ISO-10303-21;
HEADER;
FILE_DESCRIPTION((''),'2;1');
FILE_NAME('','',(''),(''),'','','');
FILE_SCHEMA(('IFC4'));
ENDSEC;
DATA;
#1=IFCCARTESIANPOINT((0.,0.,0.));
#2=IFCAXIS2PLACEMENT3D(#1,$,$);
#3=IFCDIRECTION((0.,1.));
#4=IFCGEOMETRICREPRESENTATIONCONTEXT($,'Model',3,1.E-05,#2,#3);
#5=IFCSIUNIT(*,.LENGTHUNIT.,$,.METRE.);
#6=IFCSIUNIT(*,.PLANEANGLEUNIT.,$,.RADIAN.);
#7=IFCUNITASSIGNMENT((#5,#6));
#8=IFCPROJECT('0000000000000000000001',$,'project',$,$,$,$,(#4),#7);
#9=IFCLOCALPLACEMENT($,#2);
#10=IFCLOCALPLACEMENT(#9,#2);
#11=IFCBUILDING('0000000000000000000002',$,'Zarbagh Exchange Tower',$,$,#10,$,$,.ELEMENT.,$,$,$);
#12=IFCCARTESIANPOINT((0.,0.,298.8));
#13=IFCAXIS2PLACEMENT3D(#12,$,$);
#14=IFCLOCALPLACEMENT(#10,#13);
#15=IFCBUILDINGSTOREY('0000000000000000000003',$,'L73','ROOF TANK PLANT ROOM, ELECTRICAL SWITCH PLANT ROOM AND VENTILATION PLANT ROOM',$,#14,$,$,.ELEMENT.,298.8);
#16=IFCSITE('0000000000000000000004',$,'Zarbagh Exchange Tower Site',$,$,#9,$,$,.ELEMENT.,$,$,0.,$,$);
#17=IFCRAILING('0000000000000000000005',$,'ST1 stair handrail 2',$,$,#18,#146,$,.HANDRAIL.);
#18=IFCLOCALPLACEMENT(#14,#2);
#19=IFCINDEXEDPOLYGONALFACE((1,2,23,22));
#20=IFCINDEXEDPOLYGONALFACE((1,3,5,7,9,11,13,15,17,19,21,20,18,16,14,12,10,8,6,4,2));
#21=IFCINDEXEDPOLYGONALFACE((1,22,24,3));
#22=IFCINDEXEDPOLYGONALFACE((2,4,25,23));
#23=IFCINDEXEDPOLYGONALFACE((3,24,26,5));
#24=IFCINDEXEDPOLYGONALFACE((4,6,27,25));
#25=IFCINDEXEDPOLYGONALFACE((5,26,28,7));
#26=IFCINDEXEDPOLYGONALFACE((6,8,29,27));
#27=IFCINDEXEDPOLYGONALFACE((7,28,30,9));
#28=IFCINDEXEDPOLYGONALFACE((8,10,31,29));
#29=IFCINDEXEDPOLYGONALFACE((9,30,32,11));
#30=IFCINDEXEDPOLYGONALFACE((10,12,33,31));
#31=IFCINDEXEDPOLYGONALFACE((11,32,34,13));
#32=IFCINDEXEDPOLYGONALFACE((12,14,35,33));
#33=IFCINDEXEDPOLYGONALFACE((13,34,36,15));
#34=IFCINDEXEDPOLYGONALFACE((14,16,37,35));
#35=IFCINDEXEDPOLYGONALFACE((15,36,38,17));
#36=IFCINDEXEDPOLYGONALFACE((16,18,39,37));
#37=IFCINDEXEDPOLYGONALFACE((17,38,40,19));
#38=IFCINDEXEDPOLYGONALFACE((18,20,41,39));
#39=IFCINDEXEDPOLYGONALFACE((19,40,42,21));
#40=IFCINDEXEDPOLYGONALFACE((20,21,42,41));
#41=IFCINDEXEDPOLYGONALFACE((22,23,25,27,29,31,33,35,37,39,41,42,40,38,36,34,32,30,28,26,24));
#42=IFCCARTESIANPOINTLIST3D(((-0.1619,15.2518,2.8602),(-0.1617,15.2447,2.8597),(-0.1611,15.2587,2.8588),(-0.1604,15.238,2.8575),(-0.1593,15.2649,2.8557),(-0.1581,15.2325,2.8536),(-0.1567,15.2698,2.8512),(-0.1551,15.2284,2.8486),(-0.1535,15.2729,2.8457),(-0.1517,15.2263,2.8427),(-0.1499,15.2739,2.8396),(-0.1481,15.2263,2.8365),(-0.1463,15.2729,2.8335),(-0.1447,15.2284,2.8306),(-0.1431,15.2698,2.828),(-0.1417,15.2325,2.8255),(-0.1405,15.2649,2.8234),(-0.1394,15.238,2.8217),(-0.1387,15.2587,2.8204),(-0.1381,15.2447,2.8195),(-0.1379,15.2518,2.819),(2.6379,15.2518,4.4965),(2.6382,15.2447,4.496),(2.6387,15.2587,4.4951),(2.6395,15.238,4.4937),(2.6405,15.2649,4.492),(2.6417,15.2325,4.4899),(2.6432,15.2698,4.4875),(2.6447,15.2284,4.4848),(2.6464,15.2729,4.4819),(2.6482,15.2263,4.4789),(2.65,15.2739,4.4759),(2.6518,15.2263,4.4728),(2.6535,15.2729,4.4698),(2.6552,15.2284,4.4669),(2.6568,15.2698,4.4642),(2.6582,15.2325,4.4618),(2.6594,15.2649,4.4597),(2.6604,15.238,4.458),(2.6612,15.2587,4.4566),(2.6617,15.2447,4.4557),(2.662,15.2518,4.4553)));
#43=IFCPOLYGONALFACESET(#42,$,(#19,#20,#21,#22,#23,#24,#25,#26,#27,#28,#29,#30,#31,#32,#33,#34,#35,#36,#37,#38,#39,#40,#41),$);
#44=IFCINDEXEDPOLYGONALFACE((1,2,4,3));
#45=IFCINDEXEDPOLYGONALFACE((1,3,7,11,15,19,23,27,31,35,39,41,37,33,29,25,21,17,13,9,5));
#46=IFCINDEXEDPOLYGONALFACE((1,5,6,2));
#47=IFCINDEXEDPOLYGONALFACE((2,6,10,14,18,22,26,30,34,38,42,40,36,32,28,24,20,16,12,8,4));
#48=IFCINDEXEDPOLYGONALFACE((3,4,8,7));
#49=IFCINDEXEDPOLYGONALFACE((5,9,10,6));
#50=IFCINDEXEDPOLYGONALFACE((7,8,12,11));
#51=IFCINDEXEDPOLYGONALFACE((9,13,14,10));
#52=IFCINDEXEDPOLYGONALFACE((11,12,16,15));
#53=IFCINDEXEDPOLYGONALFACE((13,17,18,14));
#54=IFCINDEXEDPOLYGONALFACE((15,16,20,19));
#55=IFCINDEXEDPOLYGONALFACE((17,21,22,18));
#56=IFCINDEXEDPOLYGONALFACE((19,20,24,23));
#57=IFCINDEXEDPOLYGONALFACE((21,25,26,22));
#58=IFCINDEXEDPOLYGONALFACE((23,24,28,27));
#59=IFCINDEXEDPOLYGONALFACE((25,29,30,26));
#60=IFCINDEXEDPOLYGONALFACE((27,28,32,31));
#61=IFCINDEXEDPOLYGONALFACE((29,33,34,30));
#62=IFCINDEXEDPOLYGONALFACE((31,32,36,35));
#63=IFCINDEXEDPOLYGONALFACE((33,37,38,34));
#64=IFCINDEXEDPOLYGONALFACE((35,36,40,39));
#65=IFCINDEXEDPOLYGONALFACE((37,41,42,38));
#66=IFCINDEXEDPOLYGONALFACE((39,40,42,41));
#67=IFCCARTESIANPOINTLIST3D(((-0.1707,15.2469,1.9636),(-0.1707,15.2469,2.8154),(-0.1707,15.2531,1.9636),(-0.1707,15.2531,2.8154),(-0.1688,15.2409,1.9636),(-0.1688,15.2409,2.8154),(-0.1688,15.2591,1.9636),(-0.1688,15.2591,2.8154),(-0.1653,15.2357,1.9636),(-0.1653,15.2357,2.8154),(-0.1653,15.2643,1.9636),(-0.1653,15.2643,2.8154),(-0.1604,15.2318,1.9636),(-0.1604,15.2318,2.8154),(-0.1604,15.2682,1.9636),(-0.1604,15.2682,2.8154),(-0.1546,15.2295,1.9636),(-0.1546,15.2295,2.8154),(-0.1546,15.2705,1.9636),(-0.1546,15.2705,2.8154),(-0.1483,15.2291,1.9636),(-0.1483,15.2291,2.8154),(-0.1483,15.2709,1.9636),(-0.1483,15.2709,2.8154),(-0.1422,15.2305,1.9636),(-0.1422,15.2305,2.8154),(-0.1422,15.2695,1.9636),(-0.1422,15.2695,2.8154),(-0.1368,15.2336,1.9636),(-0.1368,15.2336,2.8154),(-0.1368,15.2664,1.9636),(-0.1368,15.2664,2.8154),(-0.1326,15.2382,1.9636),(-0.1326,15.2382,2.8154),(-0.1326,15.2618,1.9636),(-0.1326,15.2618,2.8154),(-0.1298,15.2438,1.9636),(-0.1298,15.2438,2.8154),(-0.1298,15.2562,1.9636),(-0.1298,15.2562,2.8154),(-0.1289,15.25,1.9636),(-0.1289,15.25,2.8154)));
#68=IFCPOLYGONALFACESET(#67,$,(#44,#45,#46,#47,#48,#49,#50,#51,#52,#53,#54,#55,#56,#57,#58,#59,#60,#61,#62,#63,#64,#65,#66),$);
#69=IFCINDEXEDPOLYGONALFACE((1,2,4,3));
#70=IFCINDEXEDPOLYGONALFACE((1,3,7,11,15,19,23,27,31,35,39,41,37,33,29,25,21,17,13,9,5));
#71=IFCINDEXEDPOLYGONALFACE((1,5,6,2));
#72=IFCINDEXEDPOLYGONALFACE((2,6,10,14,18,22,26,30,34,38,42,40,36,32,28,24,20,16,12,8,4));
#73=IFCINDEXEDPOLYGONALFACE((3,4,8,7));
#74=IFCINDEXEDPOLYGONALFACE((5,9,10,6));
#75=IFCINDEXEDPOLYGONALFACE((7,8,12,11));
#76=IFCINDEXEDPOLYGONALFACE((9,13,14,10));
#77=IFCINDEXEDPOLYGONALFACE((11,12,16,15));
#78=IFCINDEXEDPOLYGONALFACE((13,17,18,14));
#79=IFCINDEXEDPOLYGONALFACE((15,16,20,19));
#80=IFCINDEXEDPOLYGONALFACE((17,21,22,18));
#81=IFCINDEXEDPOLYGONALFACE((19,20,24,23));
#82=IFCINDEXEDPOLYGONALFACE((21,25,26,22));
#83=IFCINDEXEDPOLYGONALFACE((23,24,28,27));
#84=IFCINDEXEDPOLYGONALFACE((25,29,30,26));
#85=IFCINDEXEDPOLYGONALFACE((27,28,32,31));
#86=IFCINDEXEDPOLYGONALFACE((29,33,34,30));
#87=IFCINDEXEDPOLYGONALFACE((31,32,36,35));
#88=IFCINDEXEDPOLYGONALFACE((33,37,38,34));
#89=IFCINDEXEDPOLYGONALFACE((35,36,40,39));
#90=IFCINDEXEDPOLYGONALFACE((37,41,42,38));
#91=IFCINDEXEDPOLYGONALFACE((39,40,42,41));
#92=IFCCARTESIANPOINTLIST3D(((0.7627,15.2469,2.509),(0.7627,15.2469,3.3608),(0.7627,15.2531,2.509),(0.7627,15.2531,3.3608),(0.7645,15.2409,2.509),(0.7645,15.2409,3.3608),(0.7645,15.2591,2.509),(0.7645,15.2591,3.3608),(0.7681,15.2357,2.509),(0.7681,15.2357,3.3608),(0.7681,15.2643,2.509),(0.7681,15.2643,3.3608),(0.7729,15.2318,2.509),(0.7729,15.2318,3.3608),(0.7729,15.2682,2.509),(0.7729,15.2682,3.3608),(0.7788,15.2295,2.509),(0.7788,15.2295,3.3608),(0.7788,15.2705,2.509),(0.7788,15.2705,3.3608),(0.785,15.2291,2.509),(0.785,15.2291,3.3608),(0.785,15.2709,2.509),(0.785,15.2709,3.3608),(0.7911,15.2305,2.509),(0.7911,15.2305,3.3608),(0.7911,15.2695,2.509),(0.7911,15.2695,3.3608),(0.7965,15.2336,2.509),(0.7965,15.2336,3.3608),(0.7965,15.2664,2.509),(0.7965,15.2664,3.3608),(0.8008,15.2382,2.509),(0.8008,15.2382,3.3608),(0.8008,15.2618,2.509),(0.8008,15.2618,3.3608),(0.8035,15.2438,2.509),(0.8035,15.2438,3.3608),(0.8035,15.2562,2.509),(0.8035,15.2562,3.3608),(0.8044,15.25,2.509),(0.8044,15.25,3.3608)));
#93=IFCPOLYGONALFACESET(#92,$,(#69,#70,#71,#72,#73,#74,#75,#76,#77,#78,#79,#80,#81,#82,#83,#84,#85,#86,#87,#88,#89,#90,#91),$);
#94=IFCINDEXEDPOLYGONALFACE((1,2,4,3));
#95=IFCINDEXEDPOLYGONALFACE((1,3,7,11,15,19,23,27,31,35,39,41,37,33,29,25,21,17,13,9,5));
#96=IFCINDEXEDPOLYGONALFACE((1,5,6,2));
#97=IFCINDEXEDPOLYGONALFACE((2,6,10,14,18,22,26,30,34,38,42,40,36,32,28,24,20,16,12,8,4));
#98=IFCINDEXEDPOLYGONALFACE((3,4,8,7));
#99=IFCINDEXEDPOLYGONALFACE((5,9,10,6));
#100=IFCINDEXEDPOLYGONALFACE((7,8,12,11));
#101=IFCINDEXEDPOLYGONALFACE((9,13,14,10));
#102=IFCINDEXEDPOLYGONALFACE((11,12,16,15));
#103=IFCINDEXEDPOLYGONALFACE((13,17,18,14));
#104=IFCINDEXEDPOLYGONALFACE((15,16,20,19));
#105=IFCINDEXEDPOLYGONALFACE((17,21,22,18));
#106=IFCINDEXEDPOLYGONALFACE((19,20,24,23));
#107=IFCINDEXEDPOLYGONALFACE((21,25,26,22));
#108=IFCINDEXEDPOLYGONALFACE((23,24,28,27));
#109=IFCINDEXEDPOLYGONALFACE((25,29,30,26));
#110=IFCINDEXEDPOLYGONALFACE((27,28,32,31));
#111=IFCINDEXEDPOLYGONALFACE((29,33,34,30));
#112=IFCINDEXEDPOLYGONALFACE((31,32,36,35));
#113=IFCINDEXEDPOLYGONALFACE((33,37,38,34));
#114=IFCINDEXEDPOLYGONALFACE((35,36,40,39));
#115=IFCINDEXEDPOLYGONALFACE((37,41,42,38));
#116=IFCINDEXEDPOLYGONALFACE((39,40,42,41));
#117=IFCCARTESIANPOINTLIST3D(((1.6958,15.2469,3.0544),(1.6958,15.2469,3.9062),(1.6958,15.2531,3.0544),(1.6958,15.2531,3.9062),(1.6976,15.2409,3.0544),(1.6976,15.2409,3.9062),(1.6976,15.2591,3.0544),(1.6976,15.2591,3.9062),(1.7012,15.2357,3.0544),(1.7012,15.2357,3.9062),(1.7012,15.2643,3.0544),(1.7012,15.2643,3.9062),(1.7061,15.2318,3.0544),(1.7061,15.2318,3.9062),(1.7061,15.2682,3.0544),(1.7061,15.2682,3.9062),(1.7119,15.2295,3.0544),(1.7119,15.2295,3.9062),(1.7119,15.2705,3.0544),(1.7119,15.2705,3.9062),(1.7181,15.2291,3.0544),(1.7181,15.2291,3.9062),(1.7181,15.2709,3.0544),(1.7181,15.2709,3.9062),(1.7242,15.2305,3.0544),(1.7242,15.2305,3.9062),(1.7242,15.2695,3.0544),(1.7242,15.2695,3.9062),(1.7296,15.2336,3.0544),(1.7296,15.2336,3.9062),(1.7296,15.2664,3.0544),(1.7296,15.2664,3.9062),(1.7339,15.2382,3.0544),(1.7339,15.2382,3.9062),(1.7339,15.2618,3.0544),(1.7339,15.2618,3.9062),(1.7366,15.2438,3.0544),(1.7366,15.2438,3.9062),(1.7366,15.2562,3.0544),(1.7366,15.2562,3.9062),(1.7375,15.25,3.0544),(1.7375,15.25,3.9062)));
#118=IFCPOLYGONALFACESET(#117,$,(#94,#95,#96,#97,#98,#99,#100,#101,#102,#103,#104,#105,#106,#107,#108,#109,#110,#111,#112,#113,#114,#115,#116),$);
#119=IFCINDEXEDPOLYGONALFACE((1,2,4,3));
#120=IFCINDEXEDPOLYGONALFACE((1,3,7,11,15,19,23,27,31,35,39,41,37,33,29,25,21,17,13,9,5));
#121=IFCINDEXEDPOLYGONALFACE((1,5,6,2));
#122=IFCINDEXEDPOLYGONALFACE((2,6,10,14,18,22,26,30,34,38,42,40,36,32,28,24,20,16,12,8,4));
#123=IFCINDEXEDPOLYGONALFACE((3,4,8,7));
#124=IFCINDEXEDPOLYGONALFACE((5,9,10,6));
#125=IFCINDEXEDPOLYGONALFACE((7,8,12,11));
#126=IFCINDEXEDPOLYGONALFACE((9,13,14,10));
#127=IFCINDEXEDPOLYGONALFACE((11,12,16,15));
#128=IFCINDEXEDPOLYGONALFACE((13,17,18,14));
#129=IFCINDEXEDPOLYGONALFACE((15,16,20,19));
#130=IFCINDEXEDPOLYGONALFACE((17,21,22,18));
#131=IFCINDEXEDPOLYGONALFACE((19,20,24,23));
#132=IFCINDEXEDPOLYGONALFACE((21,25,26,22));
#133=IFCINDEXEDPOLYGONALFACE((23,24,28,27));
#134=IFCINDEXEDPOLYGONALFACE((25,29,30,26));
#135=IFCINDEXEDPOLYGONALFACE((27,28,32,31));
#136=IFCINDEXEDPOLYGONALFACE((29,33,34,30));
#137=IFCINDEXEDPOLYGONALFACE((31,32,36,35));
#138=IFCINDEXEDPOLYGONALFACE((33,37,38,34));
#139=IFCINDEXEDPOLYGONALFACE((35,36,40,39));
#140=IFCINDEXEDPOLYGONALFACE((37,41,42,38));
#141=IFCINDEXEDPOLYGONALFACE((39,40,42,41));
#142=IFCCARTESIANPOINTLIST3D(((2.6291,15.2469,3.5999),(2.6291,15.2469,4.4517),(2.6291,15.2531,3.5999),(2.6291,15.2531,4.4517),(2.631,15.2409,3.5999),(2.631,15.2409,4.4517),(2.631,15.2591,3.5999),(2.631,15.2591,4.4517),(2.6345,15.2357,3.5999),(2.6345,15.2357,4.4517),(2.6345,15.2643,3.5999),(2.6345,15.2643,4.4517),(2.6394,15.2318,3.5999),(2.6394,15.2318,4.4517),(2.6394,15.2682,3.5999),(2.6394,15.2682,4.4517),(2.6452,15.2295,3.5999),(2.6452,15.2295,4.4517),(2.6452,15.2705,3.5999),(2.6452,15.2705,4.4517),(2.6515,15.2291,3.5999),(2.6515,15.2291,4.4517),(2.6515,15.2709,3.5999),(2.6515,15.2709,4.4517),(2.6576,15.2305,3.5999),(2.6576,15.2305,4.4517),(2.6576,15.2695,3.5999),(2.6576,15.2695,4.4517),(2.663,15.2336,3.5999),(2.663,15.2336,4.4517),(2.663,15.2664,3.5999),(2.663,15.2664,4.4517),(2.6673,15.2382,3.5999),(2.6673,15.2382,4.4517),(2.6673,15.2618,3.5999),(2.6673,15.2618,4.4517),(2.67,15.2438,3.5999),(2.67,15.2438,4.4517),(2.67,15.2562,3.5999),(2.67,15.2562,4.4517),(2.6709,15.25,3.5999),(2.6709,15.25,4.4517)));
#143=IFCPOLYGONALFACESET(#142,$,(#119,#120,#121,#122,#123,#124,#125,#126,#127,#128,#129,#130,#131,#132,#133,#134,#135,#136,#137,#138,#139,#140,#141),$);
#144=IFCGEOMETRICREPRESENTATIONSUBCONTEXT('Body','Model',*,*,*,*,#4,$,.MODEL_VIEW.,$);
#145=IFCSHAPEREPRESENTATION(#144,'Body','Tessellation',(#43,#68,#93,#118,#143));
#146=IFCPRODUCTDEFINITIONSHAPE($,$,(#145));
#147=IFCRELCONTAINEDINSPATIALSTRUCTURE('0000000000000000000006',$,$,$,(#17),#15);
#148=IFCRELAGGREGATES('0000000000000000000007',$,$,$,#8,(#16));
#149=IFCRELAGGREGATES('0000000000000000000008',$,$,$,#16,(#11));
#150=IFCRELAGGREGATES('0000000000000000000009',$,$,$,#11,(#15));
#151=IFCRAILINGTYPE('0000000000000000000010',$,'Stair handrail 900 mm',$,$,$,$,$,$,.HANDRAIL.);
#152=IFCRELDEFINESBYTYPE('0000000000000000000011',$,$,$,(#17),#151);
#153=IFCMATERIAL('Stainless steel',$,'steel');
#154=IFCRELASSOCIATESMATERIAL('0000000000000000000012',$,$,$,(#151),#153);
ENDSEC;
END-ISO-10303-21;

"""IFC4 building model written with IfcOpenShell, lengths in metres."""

from ifc_helpers import new_model, si_unit, direction, frame, origin, origin_2d, place, context, subcontext, project, spatial, circle, extrude, material, type_object, element, save


model = new_model("IFC4")

# Units and contexts
model_context = context("Model", 3, precision=1e-05, world=origin(), true_north=direction((0.0, 1.0)))
body_context = subcontext(model_context, "Body", "Model", "MODEL_VIEW")
ifc_project = project(units=[si_unit("LENGTHUNIT", "METRE"), si_unit("PLANEANGLEUNIT", "RADIAN")], contexts=[model_context])

# Site, building, storey
site_placement = place(None, origin())
site = spatial("IfcSite", under=ifc_project, at=site_placement, Name="Zarbagh Exchange Tower Site", CompositionType="ELEMENT", RefElevation=0.0)
building_placement = place(site_placement, origin())
building = spatial("IfcBuilding", under=site, at=building_placement, Name="Zarbagh Exchange Tower", CompositionType="ELEMENT")
storey_placement = place(building_placement, frame((0.0, 0.0, 298.8)))
storey = spatial("IfcBuildingStorey", under=building, at=storey_placement, Name="L73", Description="ROOF TANK PLANT ROOM, ELECTRICAL SWITCH PLANT ROOM AND VENTILATION PLANT ROOM", CompositionType="ELEMENT", Elevation=298.8)

# Railing
ifc_material_1 = material(Name="Stainless steel", Category="steel")
railing_type_1 = type_object("IfcRailingType", Name="Stair handrail 900 mm", PredefinedType="HANDRAIL", material=ifc_material_1)
railing_1_placement = place(storey_placement, frame((-0.1499, 15.25, 1.9636)))
element("IfcRailing", 1, at=railing_1_placement, inside=storey, type_object=railing_type_1, Name="ST1 stair handrail 2", PredefinedType="HANDRAIL", context=body_context, shape_type="SweptSolid", body=[
    extrude(circle(Radius=0.0239, at=origin_2d()), frame((0.0, 0.0, 0.876), z_axis=(0.863374, 0.0, 0.504564), x_axis=(0.0, 1.0, 0.0)), (0.0, 0.0, 1.0), 3.2429),
    extrude(circle(Radius=0.021, at=origin_2d()), origin(), (0.0, 0.0, 1.0), 0.8518),
    extrude(circle(Radius=0.021, at=origin_2d()), frame((0.9333, 0.0, 0.5454)), (0.0, 0.0, 1.0), 0.8518),
    extrude(circle(Radius=0.021, at=origin_2d()), frame((1.8665, 0.0, 1.0908)), (0.0, 0.0, 1.0), 0.8518),
    extrude(circle(Radius=0.021, at=origin_2d()), frame((2.7998, 0.0, 1.6362)), (0.0, 0.0, 1.0), 0.8518),
])

save(model, "model.ifc")
